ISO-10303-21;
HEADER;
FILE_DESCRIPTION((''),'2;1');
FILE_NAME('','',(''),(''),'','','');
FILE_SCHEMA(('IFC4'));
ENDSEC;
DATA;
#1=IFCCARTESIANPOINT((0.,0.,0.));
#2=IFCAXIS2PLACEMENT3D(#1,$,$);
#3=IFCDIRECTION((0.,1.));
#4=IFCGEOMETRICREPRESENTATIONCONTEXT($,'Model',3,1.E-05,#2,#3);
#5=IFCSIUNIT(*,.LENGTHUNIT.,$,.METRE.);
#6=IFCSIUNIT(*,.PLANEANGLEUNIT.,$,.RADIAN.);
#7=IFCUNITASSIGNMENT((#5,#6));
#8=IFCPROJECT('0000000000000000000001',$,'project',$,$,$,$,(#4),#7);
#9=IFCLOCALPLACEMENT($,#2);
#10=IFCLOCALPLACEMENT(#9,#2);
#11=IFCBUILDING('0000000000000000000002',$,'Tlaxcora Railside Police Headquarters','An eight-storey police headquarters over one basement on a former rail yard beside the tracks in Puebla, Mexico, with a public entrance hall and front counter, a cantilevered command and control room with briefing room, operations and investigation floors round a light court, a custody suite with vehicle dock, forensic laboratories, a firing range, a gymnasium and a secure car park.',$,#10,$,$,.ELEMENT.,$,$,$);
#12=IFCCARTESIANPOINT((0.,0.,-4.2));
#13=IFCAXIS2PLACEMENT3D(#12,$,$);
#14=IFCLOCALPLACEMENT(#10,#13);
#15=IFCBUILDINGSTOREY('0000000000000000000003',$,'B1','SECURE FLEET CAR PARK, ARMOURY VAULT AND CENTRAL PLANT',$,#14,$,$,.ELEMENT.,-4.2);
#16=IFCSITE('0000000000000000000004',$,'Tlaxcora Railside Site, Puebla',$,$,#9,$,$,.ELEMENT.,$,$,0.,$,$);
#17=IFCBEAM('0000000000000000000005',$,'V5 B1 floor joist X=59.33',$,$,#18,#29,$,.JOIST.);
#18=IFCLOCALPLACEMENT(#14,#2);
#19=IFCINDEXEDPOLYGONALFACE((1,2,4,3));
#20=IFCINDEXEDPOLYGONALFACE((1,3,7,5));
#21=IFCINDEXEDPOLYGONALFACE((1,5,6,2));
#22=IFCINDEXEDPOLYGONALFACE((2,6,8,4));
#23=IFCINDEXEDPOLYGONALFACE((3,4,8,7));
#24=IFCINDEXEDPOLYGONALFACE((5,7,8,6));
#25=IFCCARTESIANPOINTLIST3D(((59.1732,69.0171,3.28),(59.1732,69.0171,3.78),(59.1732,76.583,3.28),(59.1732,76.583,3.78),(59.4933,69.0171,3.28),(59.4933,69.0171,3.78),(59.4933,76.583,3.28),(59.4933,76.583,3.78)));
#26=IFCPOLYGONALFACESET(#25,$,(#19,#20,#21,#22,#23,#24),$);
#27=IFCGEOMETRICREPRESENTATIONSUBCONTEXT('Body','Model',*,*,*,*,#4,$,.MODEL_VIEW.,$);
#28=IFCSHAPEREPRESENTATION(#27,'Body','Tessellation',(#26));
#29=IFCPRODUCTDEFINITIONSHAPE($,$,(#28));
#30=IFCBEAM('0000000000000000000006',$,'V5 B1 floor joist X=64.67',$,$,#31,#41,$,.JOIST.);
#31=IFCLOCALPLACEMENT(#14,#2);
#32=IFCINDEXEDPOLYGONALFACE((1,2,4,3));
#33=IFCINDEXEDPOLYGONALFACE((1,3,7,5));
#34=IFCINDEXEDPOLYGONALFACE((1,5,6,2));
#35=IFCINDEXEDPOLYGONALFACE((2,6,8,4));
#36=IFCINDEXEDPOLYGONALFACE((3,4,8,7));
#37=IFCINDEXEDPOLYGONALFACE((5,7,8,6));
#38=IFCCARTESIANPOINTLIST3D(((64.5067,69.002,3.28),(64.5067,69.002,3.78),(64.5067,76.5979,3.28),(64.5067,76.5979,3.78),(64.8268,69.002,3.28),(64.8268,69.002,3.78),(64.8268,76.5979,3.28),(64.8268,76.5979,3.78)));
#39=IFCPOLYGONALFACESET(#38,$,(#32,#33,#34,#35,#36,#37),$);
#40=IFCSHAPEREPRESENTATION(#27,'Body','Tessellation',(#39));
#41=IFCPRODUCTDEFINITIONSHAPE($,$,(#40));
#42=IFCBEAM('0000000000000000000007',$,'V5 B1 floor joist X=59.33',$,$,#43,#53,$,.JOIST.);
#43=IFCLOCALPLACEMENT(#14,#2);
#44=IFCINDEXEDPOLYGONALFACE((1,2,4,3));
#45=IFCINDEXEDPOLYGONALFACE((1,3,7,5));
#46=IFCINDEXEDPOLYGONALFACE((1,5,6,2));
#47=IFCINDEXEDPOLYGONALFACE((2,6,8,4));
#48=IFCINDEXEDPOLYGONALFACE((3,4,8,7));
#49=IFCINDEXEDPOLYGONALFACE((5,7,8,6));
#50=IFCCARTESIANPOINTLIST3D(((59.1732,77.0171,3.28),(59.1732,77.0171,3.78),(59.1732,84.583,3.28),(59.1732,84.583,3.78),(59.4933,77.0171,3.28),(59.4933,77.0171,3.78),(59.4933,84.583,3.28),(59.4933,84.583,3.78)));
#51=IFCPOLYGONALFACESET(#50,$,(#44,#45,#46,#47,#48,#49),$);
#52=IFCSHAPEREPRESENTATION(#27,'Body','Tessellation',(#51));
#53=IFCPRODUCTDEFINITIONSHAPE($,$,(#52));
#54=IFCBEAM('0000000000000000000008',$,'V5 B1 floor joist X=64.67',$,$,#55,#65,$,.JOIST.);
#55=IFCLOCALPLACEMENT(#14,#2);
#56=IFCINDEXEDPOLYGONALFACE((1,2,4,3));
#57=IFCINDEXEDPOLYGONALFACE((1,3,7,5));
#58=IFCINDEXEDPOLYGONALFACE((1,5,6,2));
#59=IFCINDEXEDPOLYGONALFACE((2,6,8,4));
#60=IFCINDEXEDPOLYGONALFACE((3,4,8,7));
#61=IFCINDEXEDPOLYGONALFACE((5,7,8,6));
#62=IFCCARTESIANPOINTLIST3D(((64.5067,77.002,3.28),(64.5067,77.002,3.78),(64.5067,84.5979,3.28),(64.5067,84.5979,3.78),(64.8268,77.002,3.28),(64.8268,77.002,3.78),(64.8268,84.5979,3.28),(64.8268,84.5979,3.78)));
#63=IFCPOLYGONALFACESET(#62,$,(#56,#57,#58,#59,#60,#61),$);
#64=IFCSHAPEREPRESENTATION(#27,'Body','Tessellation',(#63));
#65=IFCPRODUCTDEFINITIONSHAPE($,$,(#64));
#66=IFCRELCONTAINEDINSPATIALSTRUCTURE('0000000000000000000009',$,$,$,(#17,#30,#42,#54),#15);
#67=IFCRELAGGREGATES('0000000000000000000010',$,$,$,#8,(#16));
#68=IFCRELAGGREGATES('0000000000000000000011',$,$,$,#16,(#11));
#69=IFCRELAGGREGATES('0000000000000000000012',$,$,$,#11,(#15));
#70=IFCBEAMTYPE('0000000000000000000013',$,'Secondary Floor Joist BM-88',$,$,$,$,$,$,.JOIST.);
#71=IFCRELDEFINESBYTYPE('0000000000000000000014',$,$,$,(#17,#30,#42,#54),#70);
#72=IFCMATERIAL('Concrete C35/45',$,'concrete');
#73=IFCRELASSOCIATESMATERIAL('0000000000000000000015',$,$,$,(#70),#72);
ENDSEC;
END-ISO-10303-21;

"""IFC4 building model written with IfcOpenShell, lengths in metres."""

from ifc_helpers import new_model, si_unit, direction, frame, origin, origin_2d, place, context, subcontext, project, spatial, rectangle, extrude, material, material_profile, profile_set, type_object, element, save


model = new_model("IFC4")

# Units and contexts
model_context = context("Model", 3, precision=1e-05, world=origin(), true_north=direction((0.0, 1.0)))
body_context = subcontext(model_context, "Body", "Model", "MODEL_VIEW")
ifc_project = project(units=[si_unit("LENGTHUNIT", "METRE"), si_unit("PLANEANGLEUNIT", "RADIAN")], contexts=[model_context])

# Site, building, storey
site_placement = place(None, origin())
site = spatial("IfcSite", under=ifc_project, at=site_placement, Name="Tlaxcora Railside Site, Puebla", CompositionType="ELEMENT", RefElevation=0.0)
building_placement = place(site_placement, origin())
building = spatial("IfcBuilding", under=site, at=building_placement, Name="Tlaxcora Railside Police Headquarters", Description="An eight-storey police headquarters over one basement on a former rail yard beside the tracks in Puebla, Mexico, with a public entrance hall and front counter, a cantilevered command and control room with briefing room, operations and investigation floors round a light court, a custody suite with vehicle dock, forensic laboratories, a firing range, a gymnasium and a secure car park.", CompositionType="ELEMENT")
storey_placement = place(building_placement, frame((0.0, 0.0, -4.2)))
storey = spatial("IfcBuildingStorey", under=building, at=storey_placement, Name="B1", Description="SECURE FLEET CAR PARK, ARMOURY VAULT AND CENTRAL PLANT", CompositionType="ELEMENT", Elevation=-4.2)

# Shared definitions
ifc_material_1 = material(Name="Concrete C35/45", Category="concrete")

# Beams
ifc_material_profile_1 = material_profile(ifc_material_1, rectangle(XDim=0.3201, YDim=0.5, at=origin_2d()), Name="RC320X500")
ifc_profile_set_1 = profile_set([ifc_material_profile_1], Name="Concrete C35/45")
beam_type_1 = type_object("IfcBeamType", Name="Secondary Floor Joist BM-88", PredefinedType="JOIST", material=ifc_profile_set_1)
beam_1_placement = place(storey_placement, frame((59.3333, 69.0171, 3.53), z_axis=(0.0, 1.0, 0.0), x_axis=(-1.0, 0.0, 0.0)))
element("IfcBeam", 1, at=beam_1_placement, inside=storey, type_object=beam_type_1, Name="V5 B1 floor joist X=59.33", PredefinedType="JOIST", context=body_context, shape_type="SweptSolid", body=[
    extrude(rectangle(XDim=0.3201, YDim=0.5, at=origin_2d()), origin(), (0.0, 0.0, 1.0), 7.5659),
])
beam_2_placement = place(storey_placement, frame((64.6667, 69.002, 3.53), z_axis=(0.0, 1.0, 0.0), x_axis=(-1.0, 0.0, 0.0)))
element("IfcBeam", 2, at=beam_2_placement, inside=storey, type_object=beam_type_1, Name="V5 B1 floor joist X=64.67", PredefinedType="JOIST", context=body_context, shape_type="SweptSolid", body=[
    extrude(rectangle(XDim=0.3201, YDim=0.5, at=origin_2d()), origin(), (0.0, 0.0, 1.0), 7.5959),
])
beam_3_placement = place(storey_placement, frame((59.3333, 77.0171, 3.53), z_axis=(0.0, 1.0, 0.0), x_axis=(-1.0, 0.0, 0.0)))
element("IfcBeam", 3, at=beam_3_placement, inside=storey, type_object=beam_type_1, Name="V5 B1 floor joist X=59.33", PredefinedType="JOIST", context=body_context, shape_type="SweptSolid", body=[
    extrude(rectangle(XDim=0.3201, YDim=0.5, at=origin_2d()), origin(), (0.0, 0.0, 1.0), 7.5659),
])
beam_4_placement = place(storey_placement, frame((64.6667, 77.002, 3.53), z_axis=(0.0, 1.0, 0.0), x_axis=(-1.0, 0.0, 0.0)))
element("IfcBeam", 4, at=beam_4_placement, inside=storey, type_object=beam_type_1, Name="V5 B1 floor joist X=64.67", PredefinedType="JOIST", context=body_context, shape_type="SweptSolid", body=[
    extrude(rectangle(XDim=0.3201, YDim=0.5, at=origin_2d()), origin(), (0.0, 0.0, 1.0), 7.5959),
])

save(model, "model.ifc")
